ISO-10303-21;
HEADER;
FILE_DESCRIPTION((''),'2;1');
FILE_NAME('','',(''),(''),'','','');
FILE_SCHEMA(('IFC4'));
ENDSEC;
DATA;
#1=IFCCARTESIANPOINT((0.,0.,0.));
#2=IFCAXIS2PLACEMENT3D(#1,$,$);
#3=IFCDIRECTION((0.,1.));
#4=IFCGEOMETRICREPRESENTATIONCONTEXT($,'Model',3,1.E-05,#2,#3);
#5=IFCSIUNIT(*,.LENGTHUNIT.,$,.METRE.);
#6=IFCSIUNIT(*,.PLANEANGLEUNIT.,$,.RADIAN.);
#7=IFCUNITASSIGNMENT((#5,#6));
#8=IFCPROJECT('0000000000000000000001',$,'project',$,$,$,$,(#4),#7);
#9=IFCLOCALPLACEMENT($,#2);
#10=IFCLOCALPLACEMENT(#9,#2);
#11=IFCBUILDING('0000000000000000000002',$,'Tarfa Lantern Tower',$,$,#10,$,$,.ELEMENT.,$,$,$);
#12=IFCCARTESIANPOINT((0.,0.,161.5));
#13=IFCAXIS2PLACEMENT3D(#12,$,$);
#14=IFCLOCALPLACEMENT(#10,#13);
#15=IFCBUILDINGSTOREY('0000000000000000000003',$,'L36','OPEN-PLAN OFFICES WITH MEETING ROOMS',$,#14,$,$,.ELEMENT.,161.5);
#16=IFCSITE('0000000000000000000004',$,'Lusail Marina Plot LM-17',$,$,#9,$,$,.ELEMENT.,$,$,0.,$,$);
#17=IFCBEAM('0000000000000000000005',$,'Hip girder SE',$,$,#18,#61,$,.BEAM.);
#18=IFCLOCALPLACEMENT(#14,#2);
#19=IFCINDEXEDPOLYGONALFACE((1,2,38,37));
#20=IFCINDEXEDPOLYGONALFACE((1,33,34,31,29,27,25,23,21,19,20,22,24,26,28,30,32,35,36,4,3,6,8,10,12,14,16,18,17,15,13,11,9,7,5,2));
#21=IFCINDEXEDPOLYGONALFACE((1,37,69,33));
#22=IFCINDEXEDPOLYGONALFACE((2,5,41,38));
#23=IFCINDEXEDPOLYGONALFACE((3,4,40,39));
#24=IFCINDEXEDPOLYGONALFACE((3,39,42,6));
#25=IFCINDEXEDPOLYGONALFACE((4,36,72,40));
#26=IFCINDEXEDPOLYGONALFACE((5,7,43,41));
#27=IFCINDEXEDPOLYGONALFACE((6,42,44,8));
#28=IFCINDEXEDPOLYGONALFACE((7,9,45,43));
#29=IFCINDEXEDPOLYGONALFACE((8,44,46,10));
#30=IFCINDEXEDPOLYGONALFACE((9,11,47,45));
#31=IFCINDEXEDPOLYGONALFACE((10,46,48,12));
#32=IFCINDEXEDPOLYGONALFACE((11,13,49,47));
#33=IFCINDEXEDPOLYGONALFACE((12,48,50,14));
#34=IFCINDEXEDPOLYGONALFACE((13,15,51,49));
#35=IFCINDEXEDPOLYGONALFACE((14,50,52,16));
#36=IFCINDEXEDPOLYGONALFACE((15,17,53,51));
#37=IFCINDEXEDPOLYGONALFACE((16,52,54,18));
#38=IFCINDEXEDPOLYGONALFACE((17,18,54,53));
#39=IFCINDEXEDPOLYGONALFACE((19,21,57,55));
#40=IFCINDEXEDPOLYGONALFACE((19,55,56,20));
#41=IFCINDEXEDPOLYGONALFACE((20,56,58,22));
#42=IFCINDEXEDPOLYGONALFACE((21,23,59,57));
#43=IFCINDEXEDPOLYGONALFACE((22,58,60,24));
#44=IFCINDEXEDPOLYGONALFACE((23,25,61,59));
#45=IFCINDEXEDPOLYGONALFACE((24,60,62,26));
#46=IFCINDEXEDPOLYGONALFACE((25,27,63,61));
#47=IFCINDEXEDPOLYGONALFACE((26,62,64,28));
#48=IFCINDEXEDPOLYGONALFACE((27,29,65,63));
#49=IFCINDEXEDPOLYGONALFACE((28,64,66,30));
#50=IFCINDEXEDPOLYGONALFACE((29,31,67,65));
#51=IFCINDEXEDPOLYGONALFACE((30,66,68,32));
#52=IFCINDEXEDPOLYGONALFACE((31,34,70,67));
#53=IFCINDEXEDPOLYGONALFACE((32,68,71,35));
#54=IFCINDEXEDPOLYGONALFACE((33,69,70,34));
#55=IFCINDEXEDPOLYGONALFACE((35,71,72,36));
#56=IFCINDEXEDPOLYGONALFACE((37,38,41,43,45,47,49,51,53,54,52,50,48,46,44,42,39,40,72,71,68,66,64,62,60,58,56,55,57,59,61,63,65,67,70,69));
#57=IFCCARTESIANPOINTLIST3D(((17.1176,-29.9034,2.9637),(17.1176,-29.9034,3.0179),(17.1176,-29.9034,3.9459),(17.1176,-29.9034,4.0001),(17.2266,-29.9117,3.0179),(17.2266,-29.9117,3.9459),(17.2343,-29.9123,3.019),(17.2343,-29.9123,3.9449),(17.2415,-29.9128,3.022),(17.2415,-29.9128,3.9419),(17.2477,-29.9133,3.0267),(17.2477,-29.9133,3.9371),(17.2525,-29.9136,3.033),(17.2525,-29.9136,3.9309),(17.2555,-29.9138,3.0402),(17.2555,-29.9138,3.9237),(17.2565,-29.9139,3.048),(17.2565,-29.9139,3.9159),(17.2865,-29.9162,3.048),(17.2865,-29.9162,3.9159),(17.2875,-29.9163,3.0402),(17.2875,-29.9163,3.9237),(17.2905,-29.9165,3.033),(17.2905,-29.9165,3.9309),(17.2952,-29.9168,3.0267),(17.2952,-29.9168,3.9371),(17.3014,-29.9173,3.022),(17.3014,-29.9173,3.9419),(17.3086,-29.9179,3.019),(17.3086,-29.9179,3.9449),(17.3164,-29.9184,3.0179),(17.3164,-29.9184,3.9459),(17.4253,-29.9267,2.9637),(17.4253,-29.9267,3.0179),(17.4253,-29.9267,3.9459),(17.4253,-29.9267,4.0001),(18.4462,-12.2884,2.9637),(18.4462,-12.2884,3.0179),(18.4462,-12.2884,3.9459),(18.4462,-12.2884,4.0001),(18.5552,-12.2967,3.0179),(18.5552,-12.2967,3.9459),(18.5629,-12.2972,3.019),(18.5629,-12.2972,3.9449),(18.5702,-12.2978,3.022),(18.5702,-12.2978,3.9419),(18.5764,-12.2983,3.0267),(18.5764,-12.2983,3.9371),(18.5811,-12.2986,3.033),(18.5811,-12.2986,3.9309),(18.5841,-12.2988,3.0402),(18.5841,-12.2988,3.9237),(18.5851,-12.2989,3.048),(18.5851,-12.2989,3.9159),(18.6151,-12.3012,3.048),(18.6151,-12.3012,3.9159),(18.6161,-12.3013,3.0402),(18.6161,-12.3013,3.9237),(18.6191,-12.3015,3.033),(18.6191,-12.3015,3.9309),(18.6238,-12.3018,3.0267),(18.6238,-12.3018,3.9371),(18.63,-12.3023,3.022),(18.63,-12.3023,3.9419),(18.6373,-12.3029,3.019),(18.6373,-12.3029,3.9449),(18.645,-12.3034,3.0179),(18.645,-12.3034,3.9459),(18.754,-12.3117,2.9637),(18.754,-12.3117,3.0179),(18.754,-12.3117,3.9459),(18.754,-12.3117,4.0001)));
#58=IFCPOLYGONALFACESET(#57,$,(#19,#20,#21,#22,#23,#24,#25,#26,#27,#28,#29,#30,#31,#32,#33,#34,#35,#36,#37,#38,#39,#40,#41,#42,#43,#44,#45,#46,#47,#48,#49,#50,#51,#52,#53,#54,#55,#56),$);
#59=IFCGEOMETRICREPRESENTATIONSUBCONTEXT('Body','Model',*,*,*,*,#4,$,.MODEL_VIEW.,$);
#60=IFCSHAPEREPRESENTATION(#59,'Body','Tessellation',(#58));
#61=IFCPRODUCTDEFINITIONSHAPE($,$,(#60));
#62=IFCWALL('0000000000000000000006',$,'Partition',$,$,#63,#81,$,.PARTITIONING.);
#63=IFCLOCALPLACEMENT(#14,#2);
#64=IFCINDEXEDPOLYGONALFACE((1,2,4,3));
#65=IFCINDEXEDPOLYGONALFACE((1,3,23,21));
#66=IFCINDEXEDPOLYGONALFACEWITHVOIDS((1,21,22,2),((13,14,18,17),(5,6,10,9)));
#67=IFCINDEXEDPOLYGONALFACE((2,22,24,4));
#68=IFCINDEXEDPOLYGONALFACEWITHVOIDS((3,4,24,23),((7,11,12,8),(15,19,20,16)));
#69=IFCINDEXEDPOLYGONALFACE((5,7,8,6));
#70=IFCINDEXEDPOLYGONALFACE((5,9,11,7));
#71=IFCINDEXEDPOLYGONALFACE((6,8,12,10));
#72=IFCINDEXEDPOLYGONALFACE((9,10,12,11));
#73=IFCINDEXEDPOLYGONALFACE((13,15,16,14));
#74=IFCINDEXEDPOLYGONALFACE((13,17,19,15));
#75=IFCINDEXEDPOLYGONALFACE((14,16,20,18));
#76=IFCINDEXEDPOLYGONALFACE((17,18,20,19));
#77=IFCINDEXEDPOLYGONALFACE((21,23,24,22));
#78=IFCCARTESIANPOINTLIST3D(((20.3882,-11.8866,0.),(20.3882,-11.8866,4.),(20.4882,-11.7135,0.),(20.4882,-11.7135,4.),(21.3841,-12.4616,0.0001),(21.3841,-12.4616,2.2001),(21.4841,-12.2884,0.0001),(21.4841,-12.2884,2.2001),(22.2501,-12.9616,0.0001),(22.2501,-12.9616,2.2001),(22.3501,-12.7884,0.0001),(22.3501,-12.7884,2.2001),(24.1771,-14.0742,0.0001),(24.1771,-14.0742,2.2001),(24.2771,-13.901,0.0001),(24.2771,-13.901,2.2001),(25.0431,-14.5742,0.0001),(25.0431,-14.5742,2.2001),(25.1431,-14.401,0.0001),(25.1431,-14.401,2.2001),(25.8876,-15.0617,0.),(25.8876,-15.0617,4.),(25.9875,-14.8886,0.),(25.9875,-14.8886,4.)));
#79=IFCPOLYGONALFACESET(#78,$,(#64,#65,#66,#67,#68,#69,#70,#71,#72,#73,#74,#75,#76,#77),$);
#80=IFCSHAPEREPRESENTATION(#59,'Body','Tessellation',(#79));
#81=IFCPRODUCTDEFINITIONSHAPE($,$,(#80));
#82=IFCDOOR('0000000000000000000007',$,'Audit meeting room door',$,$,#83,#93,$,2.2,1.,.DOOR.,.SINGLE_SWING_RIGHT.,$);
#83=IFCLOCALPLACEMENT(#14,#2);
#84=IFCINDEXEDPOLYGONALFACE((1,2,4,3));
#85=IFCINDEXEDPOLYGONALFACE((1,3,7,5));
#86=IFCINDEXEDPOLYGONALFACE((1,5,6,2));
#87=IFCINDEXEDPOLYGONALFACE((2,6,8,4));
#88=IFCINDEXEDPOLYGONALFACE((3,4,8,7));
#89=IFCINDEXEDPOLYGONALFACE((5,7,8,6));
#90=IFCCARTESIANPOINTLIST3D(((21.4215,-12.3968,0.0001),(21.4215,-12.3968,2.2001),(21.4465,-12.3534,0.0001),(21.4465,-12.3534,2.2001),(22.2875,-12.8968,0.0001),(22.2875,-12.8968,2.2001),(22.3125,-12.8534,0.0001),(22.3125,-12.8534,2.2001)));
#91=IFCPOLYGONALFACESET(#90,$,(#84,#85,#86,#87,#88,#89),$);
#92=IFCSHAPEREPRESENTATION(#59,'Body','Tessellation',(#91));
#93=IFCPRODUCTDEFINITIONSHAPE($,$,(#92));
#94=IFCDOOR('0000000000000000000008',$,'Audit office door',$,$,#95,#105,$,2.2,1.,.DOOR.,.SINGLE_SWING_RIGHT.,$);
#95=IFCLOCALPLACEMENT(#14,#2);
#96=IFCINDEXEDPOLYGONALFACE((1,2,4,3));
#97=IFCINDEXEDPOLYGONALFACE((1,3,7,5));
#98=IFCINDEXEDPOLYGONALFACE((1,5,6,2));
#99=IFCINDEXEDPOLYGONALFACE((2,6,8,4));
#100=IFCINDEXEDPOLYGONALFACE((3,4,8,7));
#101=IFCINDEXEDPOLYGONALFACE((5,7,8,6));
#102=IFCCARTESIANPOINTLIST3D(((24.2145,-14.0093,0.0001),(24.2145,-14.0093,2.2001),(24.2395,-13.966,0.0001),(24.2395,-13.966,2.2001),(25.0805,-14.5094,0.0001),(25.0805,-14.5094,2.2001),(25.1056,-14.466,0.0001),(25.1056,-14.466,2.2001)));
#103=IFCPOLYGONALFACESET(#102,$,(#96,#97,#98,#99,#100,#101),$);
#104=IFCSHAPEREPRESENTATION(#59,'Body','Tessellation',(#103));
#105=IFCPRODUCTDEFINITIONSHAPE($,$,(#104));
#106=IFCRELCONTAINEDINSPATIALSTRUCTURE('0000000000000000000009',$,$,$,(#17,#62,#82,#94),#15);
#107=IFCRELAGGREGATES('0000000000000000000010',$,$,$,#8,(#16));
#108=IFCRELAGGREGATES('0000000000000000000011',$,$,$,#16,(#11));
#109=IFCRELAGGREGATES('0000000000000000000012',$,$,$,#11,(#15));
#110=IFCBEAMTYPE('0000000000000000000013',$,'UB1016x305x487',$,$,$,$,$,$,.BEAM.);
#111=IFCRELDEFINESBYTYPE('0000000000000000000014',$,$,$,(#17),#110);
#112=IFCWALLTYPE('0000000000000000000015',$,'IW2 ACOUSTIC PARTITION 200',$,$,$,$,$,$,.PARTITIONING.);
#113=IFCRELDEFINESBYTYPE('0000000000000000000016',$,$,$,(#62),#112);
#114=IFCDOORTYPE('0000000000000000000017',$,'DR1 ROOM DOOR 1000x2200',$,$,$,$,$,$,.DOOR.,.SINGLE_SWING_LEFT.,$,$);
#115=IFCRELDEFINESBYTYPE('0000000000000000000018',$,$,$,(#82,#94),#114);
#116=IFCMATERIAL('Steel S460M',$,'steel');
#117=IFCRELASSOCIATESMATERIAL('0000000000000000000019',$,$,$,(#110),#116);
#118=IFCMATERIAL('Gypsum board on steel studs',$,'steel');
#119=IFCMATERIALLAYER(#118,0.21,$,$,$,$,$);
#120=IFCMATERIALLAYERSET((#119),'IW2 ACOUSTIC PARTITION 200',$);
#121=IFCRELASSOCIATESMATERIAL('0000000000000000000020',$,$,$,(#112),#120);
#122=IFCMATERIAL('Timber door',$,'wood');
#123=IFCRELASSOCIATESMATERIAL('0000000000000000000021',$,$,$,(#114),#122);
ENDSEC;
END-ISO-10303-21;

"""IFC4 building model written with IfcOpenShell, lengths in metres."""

from ifc_helpers import new_model, si_unit, direction, frame, frame_2d, origin, origin_2d, place, context, subcontext, project, spatial, rectangle, i_section, extrude, material, layer, layer_set, material_profile, profile_set, type_object, element, fill, save


model = new_model("IFC4")

# Units and contexts
model_context = context("Model", 3, precision=1e-05, world=origin(), true_north=direction((0.0, 1.0)))
body_context = subcontext(model_context, "Body", "Model", "MODEL_VIEW")
ifc_project = project(units=[si_unit("LENGTHUNIT", "METRE"), si_unit("PLANEANGLEUNIT", "RADIAN")], contexts=[model_context])

# Site, building, storey
site_placement = place(None, origin())
site = spatial("IfcSite", under=ifc_project, at=site_placement, Name="Lusail Marina Plot LM-17", CompositionType="ELEMENT", RefElevation=0.0)
building_placement = place(site_placement, origin())
building = spatial("IfcBuilding", under=site, at=building_placement, Name="Tarfa Lantern Tower", CompositionType="ELEMENT")
storey_placement = place(building_placement, frame((0.0, 0.0, 161.5)))
storey = spatial("IfcBuildingStorey", under=building, at=storey_placement, Name="L36", Description="OPEN-PLAN OFFICES WITH MEETING ROOMS", CompositionType="ELEMENT", Elevation=161.5)

# Beam
ifc_material_1 = material(Name="Steel S460M", Category="steel")
ifc_material_profile = material_profile(ifc_material_1, i_section(OverallWidth=0.3086, OverallDepth=1.0364, WebThickness=0.03, FlangeThickness=0.0542, FilletRadius=0.03, at=origin_2d()), Name="UB1016x305x487")
ifc_profile_set = profile_set([ifc_material_profile], Name="Steel S460M")
beam_type = type_object("IfcBeamType", Name="UB1016x305x487", PredefinedType="BEAM", material=ifc_profile_set)
beam_placement = place(storey_placement, frame((18.6001, -12.3, 3.4819), z_axis=(-0.075212, -0.997168, 0.0), x_axis=(0.997168, -0.075212, 0.0)))
element("IfcBeam", 1, at=beam_placement, inside=storey, type_object=beam_type, Name="Hip girder SE", PredefinedType="BEAM", context=body_context, shape_type="SweptSolid", body=[
    extrude(i_section(OverallWidth=0.3086, OverallDepth=1.0364, WebThickness=0.03, FlangeThickness=0.0542, FilletRadius=0.03, at=origin_2d()), origin(), (0.0, 0.0, 1.0), 17.665),
])

# Wall, openings, doors
ifc_material_2 = material(Name="Gypsum board on steel studs", Category="steel")
ifc_layer_1 = layer(ifc_material_2, 0.21)
ifc_layer_set_1 = layer_set([ifc_layer_1], Name="IW2 ACOUSTIC PARTITION 200")
wall_type_1 = type_object("IfcWallType", Name="IW2 ACOUSTIC PARTITION 200", PredefinedType="PARTITIONING", material=ifc_layer_set_1)
wall_1_placement = place(storey_placement, frame((20.4382, -11.8, 0.0), z_axis=(0.0, 0.0, 1.0), x_axis=(0.866022, -0.500005, 0.0)))
wall_1 = element("IfcWall", 2, at=wall_1_placement, inside=storey, type_object=wall_type_1, Name="Partition", PredefinedType="PARTITIONING", context=body_context, shape_type="SweptSolid", body=[
    extrude(rectangle(XDim=6.3501, YDim=0.2, at=frame_2d((3.175, 0.0))), origin(), (0.0, 0.0, 1.0), 4.0),
])
opening_1_placement = place(wall_1_placement, frame((1.1499, 0.0, 0.0)))
opening_1 = element("IfcOpeningElement", 3, at=opening_1_placement, cuts=wall_1, PredefinedType="OPENING", context=body_context, shape_type="SweptSolid", body=[
    extrude(rectangle(XDim=1.0, YDim=2.2, at=frame_2d((0.5, 1.1001))), frame((0.0, 0.1099, 0.0), z_axis=(0.0, -1.0, 0.0), x_axis=(1.0, 0.0, 0.0)), (0.0, 0.0, 1.0), 0.22),
])
opening_2_placement = place(wall_1_placement, frame((4.375, 0.0, 0.0)))
opening_2 = element("IfcOpeningElement", 4, at=opening_2_placement, cuts=wall_1, PredefinedType="OPENING", context=body_context, shape_type="SweptSolid", body=[
    extrude(rectangle(XDim=1.0, YDim=2.2, at=frame_2d((0.5, 1.1001))), frame((0.0, 0.1099, 0.0), z_axis=(0.0, -1.0, 0.0), x_axis=(1.0, 0.0, 0.0)), (0.0, 0.0, 1.0), 0.22),
])
ifc_material_3 = material(Name="Timber door", Category="wood")
door_type_1 = type_object("IfcDoorType", Name="DR1 ROOM DOOR 1000x2200", OperationType="SINGLE_SWING_LEFT", PredefinedType="DOOR", material=ifc_material_3)
door_1_placement = place(opening_1_placement, origin())
door_1 = element("IfcDoor", 5, at=door_1_placement, inside=storey, type_object=door_type_1, Name="Audit meeting room door", OperationType="SINGLE_SWING_RIGHT", OverallHeight=2.2, OverallWidth=1.0, PredefinedType="DOOR", context=body_context, shape_type="SweptSolid", body=[
    extrude(rectangle(XDim=1.0, YDim=2.2, at=frame_2d((0.5, 1.1001))), frame((0.0, 0.0249, 0.0), z_axis=(0.0, -1.0, 0.0), x_axis=(1.0, 0.0, 0.0)), (0.0, 0.0, 1.0), 0.05),
])
fill(opening_1, door_1)
door_2_placement = place(opening_2_placement, origin())
door_2 = element("IfcDoor", 6, at=door_2_placement, inside=storey, type_object=door_type_1, Name="Audit office door", OperationType="SINGLE_SWING_RIGHT", OverallHeight=2.2, OverallWidth=1.0, PredefinedType="DOOR", context=body_context, shape_type="SweptSolid", body=[
    extrude(rectangle(XDim=1.0, YDim=2.2, at=frame_2d((0.5, 1.1001))), frame((0.0, 0.0249, 0.0), z_axis=(0.0, -1.0, 0.0), x_axis=(1.0, 0.0, 0.0)), (0.0, 0.0, 1.0), 0.05),
])
fill(opening_2, door_2)

save(model, "model.ifc")
